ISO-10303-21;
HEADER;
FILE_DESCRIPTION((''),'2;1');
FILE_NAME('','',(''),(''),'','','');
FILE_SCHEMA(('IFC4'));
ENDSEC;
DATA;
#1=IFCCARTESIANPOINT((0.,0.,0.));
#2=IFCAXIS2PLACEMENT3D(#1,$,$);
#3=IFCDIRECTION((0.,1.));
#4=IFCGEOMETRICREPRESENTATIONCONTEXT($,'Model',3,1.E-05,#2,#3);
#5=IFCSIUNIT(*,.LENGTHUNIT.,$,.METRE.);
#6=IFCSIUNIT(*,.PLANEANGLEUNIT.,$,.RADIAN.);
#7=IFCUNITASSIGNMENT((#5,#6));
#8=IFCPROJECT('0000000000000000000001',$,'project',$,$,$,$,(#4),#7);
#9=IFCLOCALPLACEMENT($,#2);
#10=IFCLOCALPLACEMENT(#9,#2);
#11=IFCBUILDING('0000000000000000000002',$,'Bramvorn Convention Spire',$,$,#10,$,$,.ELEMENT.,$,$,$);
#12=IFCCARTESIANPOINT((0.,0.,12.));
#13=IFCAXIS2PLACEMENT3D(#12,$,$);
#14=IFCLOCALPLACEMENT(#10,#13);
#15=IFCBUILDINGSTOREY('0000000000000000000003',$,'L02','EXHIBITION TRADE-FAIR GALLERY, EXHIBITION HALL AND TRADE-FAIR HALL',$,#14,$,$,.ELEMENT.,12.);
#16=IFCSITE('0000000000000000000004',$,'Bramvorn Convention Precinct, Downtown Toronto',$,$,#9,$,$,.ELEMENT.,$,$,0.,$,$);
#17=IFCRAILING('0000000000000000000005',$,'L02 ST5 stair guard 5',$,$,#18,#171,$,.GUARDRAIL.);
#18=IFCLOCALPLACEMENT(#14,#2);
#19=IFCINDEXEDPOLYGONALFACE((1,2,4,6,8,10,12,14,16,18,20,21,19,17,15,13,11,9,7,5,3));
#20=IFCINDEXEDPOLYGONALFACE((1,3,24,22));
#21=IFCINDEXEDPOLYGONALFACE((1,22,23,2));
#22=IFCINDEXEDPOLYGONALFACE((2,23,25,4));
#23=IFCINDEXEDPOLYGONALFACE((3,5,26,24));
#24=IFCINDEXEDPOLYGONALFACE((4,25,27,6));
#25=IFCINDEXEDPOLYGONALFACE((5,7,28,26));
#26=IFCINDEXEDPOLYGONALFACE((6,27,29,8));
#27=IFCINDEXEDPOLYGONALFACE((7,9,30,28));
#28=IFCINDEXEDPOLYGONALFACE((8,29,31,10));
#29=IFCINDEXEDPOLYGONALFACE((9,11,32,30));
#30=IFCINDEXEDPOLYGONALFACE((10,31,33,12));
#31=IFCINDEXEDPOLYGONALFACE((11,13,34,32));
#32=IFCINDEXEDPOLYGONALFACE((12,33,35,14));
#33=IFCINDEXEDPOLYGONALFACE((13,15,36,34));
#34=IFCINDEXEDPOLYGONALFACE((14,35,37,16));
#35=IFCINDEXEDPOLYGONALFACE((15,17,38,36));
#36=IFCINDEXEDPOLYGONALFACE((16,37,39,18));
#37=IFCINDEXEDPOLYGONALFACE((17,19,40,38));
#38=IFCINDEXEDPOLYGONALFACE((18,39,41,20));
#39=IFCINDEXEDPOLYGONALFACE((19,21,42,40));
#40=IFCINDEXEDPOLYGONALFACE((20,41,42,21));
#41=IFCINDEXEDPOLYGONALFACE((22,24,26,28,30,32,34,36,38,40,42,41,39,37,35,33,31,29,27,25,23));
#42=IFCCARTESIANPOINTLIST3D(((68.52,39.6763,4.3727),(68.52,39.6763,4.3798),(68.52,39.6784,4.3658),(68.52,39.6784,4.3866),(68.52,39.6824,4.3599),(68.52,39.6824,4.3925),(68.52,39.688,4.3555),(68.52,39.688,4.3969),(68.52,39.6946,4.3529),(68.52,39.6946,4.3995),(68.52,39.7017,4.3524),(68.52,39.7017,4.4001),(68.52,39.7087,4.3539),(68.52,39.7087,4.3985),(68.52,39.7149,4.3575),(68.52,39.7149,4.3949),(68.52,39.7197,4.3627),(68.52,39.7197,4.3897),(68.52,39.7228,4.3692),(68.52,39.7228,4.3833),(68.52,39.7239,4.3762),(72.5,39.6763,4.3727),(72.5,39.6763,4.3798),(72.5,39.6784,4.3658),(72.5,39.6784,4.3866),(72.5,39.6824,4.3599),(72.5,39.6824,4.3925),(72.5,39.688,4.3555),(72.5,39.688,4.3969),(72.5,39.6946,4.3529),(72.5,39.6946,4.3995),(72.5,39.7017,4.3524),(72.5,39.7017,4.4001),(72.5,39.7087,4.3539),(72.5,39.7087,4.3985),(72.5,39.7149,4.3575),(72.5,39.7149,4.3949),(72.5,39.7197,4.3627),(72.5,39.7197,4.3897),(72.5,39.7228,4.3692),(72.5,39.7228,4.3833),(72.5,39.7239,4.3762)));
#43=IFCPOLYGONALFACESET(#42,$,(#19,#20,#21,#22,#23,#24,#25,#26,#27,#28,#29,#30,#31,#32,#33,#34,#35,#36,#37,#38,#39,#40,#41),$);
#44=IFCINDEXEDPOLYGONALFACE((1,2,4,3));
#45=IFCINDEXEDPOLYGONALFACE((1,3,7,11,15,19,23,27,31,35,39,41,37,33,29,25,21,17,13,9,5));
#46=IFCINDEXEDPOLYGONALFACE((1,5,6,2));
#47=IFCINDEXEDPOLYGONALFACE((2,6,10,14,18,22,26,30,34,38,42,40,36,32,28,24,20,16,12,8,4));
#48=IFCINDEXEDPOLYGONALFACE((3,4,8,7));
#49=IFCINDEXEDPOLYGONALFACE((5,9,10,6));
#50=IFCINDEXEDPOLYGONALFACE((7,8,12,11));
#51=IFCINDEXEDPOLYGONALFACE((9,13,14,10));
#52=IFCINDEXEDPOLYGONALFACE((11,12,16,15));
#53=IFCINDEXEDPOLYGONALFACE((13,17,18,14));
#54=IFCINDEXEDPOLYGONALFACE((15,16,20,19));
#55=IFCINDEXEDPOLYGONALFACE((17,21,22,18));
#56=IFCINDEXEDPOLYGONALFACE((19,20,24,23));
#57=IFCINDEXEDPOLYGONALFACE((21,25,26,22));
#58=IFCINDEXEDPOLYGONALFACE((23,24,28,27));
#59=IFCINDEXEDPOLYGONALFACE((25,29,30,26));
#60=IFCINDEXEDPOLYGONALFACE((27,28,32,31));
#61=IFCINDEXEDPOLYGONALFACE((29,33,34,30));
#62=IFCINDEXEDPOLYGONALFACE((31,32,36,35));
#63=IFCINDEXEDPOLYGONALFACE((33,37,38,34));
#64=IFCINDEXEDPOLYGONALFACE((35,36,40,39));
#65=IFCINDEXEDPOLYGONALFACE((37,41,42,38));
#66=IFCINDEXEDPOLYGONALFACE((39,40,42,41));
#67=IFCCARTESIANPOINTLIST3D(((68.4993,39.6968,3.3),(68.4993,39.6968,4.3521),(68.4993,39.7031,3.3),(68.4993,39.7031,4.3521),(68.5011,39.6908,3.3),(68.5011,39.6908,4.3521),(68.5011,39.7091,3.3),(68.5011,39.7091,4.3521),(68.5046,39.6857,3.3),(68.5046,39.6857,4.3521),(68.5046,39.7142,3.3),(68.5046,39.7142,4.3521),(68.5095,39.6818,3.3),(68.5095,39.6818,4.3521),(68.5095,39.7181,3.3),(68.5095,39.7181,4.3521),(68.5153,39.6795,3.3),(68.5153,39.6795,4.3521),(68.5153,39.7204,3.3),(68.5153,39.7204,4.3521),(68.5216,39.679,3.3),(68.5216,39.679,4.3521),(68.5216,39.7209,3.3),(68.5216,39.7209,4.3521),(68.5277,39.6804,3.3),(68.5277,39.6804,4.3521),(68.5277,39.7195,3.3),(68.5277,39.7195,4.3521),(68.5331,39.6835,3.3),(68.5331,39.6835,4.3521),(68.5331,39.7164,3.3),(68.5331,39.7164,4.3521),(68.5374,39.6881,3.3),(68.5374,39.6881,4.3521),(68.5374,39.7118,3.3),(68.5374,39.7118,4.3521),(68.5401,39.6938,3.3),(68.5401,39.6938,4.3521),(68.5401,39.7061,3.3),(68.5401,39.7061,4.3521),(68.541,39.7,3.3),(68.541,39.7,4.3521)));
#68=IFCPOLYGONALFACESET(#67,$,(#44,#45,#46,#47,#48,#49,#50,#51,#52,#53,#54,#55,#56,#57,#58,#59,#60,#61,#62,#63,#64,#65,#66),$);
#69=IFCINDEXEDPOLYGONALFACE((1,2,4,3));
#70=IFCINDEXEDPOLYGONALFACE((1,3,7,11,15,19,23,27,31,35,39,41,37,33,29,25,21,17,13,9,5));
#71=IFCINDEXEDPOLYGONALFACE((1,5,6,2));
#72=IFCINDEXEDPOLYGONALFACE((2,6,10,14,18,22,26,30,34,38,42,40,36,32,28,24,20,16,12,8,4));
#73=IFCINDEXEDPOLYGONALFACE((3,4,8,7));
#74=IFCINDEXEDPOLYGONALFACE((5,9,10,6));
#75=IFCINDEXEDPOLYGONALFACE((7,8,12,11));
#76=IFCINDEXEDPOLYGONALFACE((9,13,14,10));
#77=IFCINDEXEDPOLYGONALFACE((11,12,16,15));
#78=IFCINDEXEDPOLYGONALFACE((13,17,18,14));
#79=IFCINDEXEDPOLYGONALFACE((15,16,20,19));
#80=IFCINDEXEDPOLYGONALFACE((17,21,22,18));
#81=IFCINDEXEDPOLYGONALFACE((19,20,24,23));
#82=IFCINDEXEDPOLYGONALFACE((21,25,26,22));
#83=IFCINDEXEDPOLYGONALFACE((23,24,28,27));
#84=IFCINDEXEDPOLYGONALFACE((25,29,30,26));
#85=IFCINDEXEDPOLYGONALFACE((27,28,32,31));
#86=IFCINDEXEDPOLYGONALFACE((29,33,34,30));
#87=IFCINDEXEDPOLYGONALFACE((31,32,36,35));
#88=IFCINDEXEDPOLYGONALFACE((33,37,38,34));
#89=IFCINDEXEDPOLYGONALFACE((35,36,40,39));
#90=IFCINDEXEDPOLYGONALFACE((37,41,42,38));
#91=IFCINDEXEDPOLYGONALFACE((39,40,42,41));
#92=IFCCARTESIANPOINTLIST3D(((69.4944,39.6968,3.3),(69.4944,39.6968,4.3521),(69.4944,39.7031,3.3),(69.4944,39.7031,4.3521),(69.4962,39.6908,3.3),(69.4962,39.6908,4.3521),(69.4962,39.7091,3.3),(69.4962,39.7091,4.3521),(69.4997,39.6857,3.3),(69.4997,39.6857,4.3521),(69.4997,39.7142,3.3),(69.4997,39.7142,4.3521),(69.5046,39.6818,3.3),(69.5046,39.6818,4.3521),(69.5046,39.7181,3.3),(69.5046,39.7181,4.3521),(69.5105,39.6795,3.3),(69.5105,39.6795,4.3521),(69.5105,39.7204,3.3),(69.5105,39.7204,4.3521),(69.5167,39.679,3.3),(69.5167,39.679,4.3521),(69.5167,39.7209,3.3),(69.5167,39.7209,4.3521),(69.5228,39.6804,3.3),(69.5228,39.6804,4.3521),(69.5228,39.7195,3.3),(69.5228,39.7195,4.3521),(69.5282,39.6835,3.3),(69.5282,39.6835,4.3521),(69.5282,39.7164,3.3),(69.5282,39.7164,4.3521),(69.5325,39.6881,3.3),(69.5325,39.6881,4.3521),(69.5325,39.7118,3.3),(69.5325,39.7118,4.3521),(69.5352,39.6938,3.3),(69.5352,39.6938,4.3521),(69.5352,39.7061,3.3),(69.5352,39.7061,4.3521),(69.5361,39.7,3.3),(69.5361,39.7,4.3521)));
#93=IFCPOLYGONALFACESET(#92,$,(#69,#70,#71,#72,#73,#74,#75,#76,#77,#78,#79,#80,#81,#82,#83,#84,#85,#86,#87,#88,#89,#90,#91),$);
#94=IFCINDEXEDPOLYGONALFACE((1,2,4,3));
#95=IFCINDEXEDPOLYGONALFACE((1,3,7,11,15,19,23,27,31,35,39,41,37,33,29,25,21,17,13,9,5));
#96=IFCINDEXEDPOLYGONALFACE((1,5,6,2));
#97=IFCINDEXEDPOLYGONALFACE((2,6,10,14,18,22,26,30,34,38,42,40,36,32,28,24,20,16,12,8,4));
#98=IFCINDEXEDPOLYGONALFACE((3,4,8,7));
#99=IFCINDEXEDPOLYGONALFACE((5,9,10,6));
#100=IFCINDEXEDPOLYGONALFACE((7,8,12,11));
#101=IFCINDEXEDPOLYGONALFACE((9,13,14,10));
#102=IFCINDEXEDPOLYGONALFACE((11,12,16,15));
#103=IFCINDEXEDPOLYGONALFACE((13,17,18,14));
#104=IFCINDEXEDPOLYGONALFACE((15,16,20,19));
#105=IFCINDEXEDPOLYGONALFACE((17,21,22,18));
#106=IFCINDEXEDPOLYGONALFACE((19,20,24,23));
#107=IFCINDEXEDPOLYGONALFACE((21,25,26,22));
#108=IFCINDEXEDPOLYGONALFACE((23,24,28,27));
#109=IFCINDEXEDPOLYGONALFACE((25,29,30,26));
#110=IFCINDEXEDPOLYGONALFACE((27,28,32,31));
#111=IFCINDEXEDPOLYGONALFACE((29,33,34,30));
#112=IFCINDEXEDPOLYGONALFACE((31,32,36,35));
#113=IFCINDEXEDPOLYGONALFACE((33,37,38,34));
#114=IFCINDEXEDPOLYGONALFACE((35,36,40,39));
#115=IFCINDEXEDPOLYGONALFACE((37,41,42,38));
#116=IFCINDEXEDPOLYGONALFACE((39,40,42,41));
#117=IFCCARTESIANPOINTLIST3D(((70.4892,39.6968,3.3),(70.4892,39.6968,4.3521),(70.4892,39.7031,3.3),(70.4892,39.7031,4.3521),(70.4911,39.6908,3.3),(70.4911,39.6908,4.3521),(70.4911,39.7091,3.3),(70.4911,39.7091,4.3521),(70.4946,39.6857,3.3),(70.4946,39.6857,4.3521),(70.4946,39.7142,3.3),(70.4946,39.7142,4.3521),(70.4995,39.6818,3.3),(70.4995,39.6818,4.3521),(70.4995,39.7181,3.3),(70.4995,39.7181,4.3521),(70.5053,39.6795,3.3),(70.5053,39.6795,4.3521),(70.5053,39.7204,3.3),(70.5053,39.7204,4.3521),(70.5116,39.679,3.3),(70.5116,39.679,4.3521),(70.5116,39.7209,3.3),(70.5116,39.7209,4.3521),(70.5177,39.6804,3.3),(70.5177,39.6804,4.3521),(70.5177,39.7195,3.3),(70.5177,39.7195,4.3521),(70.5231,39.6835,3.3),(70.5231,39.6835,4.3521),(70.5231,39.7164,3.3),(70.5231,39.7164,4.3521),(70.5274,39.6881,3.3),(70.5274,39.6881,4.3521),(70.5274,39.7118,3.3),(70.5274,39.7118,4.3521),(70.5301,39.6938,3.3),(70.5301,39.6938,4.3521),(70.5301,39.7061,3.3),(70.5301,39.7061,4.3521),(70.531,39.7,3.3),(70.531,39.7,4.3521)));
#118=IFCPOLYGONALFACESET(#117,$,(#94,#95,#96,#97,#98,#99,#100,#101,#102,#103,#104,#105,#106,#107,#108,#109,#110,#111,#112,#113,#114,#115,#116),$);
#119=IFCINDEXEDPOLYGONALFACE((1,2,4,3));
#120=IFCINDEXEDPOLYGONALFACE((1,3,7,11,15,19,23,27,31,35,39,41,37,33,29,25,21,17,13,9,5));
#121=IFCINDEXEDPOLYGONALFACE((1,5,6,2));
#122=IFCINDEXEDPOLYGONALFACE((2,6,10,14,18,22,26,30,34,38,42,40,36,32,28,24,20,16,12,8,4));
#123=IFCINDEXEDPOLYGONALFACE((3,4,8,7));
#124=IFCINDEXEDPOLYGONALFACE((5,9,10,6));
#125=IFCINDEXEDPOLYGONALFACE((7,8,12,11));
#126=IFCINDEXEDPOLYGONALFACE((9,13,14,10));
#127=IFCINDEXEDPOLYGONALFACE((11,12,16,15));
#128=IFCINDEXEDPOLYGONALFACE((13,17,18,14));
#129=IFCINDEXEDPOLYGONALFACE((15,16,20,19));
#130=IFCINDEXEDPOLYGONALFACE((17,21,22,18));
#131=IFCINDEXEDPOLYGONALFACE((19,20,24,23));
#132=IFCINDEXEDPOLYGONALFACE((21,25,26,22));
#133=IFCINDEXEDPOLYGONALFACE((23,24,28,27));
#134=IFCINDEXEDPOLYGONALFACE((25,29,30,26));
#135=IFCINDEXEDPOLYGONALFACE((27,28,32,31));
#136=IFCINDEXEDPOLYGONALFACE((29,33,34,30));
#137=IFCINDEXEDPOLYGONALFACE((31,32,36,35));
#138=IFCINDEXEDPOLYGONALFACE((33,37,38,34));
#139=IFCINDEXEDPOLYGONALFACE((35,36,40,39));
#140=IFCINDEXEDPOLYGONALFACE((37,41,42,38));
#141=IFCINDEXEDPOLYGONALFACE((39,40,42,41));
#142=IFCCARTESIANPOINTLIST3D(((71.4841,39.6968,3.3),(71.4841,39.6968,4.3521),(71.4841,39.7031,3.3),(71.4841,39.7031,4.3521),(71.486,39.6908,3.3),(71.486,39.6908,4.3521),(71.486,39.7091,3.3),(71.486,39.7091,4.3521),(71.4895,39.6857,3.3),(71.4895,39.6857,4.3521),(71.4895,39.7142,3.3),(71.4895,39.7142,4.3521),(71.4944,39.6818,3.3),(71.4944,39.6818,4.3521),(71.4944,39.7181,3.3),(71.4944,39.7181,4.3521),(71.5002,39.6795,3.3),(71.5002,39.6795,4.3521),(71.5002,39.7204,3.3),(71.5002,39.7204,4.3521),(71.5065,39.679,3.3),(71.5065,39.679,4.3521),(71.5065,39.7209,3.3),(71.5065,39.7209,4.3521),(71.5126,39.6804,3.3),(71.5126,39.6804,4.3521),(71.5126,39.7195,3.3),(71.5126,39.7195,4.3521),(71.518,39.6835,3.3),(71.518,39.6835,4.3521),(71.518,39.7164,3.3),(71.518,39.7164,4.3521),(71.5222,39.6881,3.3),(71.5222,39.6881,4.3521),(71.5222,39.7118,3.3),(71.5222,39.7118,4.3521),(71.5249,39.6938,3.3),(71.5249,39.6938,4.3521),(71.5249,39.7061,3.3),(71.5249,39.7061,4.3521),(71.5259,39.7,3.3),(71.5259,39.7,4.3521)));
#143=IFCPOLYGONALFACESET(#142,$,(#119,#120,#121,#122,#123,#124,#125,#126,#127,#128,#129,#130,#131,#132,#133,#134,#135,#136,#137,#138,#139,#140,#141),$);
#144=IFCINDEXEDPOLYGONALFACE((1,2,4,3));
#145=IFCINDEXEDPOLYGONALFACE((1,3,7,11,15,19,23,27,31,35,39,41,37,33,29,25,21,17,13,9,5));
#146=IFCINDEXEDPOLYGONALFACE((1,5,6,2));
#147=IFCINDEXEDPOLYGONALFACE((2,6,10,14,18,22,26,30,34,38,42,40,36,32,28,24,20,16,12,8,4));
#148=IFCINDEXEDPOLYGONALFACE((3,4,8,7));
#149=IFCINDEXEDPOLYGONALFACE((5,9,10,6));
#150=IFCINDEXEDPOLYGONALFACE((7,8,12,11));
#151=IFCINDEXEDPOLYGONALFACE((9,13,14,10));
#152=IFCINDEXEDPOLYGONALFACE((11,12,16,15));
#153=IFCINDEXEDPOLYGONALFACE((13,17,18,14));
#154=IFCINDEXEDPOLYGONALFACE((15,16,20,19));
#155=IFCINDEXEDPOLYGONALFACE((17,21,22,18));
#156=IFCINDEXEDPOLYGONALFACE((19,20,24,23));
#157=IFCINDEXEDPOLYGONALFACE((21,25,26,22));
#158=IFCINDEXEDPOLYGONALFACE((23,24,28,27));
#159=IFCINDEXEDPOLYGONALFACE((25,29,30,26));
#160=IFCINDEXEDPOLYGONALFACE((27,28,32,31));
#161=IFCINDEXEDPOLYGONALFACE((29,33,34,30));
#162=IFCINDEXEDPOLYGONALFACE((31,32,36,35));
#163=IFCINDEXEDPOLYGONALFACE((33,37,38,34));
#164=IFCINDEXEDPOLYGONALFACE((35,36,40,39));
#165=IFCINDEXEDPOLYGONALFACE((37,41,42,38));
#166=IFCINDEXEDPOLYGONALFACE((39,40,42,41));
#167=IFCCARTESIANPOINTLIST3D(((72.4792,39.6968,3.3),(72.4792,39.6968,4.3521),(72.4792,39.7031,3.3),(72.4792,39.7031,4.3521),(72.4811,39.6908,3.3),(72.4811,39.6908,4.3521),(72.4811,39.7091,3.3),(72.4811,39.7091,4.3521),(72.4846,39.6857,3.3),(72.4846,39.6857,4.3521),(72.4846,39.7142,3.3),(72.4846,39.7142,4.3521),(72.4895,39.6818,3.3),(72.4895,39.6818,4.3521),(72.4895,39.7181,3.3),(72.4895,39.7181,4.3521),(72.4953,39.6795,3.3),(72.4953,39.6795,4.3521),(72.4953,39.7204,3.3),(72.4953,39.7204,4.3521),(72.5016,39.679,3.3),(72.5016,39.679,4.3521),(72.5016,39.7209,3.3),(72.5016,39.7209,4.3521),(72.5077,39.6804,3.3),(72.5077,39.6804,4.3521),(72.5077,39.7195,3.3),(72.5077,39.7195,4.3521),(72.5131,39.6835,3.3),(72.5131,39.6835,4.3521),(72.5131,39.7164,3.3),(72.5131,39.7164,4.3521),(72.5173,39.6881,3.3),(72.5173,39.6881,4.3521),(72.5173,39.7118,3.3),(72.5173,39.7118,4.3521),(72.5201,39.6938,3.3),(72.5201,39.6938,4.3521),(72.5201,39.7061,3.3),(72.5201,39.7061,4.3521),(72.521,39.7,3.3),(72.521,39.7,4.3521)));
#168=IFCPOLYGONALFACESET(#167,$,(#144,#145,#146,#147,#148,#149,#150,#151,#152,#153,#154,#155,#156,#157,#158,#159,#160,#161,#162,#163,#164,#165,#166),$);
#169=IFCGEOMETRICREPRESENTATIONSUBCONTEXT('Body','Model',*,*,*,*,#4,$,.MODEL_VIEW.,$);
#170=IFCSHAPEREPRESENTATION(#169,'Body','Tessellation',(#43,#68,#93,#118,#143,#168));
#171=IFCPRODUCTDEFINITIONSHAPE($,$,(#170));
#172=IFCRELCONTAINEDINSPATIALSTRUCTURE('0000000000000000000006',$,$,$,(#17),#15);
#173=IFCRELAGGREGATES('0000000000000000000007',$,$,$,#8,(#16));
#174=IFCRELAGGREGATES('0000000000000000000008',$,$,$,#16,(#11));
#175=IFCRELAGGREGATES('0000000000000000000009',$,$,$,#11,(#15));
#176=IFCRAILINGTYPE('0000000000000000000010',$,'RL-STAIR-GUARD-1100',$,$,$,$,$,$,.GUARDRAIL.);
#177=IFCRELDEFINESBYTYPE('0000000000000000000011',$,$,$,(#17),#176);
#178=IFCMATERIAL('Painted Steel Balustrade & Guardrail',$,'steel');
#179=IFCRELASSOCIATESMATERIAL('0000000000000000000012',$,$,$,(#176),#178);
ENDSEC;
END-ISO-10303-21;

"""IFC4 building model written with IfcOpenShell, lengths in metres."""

from ifc_helpers import new_model, si_unit, direction, frame, origin, origin_2d, place, context, subcontext, project, spatial, circle, extrude, material, type_object, element, save


model = new_model("IFC4")

# Units and contexts
model_context = context("Model", 3, precision=1e-05, world=origin(), true_north=direction((0.0, 1.0)))
body_context = subcontext(model_context, "Body", "Model", "MODEL_VIEW")
ifc_project = project(units=[si_unit("LENGTHUNIT", "METRE"), si_unit("PLANEANGLEUNIT", "RADIAN")], contexts=[model_context])

# Site, building, storey
site_placement = place(None, origin())
site = spatial("IfcSite", under=ifc_project, at=site_placement, Name="Bramvorn Convention Precinct, Downtown Toronto", CompositionType="ELEMENT", RefElevation=0.0)
building_placement = place(site_placement, origin())
building = spatial("IfcBuilding", under=site, at=building_placement, Name="Bramvorn Convention Spire", CompositionType="ELEMENT")
storey_placement = place(building_placement, frame((0.0, 0.0, 12.0)))
storey = spatial("IfcBuildingStorey", under=building, at=storey_placement, Name="L02", Description="EXHIBITION TRADE-FAIR GALLERY, EXHIBITION HALL AND TRADE-FAIR HALL", CompositionType="ELEMENT", Elevation=12.0)

# Railing
ifc_material_1 = material(Name="Painted Steel Balustrade & Guardrail", Category="steel")
railing_type_1 = type_object("IfcRailingType", Name="RL-STAIR-GUARD-1100", PredefinedType="GUARDRAIL", material=ifc_material_1)
railing_1_placement = place(storey_placement, frame((68.52, 39.7, 3.3)))
element("IfcRailing", 1, at=railing_1_placement, inside=storey, type_object=railing_type_1, Name="L02 ST5 stair guard 5", PredefinedType="GUARDRAIL", context=body_context, shape_type="SweptSolid", body=[
    extrude(circle(Radius=0.0239, at=origin_2d()), frame((0.0, 0.0, 1.0762), z_axis=(1.0, 0.0, 0.0), x_axis=(0.0, 1.0, 0.0)), (0.0, 0.0, 1.0), 3.98),
    extrude(circle(Radius=0.021, at=origin_2d()), origin(), (0.0, 0.0, 1.0), 1.052),
    extrude(circle(Radius=0.021, at=origin_2d()), frame((0.9951, 0.0, 0.0)), (0.0, 0.0, 1.0), 1.052),
    extrude(circle(Radius=0.021, at=origin_2d()), frame((1.99, 0.0, 0.0)), (0.0, 0.0, 1.0), 1.052),
    extrude(circle(Radius=0.021, at=origin_2d()), frame((2.9849, 0.0, 0.0)), (0.0, 0.0, 1.0), 1.052),
    extrude(circle(Radius=0.021, at=origin_2d()), frame((3.98, 0.0, 0.0)), (0.0, 0.0, 1.0), 1.052),
])

save(model, "model.ifc")
